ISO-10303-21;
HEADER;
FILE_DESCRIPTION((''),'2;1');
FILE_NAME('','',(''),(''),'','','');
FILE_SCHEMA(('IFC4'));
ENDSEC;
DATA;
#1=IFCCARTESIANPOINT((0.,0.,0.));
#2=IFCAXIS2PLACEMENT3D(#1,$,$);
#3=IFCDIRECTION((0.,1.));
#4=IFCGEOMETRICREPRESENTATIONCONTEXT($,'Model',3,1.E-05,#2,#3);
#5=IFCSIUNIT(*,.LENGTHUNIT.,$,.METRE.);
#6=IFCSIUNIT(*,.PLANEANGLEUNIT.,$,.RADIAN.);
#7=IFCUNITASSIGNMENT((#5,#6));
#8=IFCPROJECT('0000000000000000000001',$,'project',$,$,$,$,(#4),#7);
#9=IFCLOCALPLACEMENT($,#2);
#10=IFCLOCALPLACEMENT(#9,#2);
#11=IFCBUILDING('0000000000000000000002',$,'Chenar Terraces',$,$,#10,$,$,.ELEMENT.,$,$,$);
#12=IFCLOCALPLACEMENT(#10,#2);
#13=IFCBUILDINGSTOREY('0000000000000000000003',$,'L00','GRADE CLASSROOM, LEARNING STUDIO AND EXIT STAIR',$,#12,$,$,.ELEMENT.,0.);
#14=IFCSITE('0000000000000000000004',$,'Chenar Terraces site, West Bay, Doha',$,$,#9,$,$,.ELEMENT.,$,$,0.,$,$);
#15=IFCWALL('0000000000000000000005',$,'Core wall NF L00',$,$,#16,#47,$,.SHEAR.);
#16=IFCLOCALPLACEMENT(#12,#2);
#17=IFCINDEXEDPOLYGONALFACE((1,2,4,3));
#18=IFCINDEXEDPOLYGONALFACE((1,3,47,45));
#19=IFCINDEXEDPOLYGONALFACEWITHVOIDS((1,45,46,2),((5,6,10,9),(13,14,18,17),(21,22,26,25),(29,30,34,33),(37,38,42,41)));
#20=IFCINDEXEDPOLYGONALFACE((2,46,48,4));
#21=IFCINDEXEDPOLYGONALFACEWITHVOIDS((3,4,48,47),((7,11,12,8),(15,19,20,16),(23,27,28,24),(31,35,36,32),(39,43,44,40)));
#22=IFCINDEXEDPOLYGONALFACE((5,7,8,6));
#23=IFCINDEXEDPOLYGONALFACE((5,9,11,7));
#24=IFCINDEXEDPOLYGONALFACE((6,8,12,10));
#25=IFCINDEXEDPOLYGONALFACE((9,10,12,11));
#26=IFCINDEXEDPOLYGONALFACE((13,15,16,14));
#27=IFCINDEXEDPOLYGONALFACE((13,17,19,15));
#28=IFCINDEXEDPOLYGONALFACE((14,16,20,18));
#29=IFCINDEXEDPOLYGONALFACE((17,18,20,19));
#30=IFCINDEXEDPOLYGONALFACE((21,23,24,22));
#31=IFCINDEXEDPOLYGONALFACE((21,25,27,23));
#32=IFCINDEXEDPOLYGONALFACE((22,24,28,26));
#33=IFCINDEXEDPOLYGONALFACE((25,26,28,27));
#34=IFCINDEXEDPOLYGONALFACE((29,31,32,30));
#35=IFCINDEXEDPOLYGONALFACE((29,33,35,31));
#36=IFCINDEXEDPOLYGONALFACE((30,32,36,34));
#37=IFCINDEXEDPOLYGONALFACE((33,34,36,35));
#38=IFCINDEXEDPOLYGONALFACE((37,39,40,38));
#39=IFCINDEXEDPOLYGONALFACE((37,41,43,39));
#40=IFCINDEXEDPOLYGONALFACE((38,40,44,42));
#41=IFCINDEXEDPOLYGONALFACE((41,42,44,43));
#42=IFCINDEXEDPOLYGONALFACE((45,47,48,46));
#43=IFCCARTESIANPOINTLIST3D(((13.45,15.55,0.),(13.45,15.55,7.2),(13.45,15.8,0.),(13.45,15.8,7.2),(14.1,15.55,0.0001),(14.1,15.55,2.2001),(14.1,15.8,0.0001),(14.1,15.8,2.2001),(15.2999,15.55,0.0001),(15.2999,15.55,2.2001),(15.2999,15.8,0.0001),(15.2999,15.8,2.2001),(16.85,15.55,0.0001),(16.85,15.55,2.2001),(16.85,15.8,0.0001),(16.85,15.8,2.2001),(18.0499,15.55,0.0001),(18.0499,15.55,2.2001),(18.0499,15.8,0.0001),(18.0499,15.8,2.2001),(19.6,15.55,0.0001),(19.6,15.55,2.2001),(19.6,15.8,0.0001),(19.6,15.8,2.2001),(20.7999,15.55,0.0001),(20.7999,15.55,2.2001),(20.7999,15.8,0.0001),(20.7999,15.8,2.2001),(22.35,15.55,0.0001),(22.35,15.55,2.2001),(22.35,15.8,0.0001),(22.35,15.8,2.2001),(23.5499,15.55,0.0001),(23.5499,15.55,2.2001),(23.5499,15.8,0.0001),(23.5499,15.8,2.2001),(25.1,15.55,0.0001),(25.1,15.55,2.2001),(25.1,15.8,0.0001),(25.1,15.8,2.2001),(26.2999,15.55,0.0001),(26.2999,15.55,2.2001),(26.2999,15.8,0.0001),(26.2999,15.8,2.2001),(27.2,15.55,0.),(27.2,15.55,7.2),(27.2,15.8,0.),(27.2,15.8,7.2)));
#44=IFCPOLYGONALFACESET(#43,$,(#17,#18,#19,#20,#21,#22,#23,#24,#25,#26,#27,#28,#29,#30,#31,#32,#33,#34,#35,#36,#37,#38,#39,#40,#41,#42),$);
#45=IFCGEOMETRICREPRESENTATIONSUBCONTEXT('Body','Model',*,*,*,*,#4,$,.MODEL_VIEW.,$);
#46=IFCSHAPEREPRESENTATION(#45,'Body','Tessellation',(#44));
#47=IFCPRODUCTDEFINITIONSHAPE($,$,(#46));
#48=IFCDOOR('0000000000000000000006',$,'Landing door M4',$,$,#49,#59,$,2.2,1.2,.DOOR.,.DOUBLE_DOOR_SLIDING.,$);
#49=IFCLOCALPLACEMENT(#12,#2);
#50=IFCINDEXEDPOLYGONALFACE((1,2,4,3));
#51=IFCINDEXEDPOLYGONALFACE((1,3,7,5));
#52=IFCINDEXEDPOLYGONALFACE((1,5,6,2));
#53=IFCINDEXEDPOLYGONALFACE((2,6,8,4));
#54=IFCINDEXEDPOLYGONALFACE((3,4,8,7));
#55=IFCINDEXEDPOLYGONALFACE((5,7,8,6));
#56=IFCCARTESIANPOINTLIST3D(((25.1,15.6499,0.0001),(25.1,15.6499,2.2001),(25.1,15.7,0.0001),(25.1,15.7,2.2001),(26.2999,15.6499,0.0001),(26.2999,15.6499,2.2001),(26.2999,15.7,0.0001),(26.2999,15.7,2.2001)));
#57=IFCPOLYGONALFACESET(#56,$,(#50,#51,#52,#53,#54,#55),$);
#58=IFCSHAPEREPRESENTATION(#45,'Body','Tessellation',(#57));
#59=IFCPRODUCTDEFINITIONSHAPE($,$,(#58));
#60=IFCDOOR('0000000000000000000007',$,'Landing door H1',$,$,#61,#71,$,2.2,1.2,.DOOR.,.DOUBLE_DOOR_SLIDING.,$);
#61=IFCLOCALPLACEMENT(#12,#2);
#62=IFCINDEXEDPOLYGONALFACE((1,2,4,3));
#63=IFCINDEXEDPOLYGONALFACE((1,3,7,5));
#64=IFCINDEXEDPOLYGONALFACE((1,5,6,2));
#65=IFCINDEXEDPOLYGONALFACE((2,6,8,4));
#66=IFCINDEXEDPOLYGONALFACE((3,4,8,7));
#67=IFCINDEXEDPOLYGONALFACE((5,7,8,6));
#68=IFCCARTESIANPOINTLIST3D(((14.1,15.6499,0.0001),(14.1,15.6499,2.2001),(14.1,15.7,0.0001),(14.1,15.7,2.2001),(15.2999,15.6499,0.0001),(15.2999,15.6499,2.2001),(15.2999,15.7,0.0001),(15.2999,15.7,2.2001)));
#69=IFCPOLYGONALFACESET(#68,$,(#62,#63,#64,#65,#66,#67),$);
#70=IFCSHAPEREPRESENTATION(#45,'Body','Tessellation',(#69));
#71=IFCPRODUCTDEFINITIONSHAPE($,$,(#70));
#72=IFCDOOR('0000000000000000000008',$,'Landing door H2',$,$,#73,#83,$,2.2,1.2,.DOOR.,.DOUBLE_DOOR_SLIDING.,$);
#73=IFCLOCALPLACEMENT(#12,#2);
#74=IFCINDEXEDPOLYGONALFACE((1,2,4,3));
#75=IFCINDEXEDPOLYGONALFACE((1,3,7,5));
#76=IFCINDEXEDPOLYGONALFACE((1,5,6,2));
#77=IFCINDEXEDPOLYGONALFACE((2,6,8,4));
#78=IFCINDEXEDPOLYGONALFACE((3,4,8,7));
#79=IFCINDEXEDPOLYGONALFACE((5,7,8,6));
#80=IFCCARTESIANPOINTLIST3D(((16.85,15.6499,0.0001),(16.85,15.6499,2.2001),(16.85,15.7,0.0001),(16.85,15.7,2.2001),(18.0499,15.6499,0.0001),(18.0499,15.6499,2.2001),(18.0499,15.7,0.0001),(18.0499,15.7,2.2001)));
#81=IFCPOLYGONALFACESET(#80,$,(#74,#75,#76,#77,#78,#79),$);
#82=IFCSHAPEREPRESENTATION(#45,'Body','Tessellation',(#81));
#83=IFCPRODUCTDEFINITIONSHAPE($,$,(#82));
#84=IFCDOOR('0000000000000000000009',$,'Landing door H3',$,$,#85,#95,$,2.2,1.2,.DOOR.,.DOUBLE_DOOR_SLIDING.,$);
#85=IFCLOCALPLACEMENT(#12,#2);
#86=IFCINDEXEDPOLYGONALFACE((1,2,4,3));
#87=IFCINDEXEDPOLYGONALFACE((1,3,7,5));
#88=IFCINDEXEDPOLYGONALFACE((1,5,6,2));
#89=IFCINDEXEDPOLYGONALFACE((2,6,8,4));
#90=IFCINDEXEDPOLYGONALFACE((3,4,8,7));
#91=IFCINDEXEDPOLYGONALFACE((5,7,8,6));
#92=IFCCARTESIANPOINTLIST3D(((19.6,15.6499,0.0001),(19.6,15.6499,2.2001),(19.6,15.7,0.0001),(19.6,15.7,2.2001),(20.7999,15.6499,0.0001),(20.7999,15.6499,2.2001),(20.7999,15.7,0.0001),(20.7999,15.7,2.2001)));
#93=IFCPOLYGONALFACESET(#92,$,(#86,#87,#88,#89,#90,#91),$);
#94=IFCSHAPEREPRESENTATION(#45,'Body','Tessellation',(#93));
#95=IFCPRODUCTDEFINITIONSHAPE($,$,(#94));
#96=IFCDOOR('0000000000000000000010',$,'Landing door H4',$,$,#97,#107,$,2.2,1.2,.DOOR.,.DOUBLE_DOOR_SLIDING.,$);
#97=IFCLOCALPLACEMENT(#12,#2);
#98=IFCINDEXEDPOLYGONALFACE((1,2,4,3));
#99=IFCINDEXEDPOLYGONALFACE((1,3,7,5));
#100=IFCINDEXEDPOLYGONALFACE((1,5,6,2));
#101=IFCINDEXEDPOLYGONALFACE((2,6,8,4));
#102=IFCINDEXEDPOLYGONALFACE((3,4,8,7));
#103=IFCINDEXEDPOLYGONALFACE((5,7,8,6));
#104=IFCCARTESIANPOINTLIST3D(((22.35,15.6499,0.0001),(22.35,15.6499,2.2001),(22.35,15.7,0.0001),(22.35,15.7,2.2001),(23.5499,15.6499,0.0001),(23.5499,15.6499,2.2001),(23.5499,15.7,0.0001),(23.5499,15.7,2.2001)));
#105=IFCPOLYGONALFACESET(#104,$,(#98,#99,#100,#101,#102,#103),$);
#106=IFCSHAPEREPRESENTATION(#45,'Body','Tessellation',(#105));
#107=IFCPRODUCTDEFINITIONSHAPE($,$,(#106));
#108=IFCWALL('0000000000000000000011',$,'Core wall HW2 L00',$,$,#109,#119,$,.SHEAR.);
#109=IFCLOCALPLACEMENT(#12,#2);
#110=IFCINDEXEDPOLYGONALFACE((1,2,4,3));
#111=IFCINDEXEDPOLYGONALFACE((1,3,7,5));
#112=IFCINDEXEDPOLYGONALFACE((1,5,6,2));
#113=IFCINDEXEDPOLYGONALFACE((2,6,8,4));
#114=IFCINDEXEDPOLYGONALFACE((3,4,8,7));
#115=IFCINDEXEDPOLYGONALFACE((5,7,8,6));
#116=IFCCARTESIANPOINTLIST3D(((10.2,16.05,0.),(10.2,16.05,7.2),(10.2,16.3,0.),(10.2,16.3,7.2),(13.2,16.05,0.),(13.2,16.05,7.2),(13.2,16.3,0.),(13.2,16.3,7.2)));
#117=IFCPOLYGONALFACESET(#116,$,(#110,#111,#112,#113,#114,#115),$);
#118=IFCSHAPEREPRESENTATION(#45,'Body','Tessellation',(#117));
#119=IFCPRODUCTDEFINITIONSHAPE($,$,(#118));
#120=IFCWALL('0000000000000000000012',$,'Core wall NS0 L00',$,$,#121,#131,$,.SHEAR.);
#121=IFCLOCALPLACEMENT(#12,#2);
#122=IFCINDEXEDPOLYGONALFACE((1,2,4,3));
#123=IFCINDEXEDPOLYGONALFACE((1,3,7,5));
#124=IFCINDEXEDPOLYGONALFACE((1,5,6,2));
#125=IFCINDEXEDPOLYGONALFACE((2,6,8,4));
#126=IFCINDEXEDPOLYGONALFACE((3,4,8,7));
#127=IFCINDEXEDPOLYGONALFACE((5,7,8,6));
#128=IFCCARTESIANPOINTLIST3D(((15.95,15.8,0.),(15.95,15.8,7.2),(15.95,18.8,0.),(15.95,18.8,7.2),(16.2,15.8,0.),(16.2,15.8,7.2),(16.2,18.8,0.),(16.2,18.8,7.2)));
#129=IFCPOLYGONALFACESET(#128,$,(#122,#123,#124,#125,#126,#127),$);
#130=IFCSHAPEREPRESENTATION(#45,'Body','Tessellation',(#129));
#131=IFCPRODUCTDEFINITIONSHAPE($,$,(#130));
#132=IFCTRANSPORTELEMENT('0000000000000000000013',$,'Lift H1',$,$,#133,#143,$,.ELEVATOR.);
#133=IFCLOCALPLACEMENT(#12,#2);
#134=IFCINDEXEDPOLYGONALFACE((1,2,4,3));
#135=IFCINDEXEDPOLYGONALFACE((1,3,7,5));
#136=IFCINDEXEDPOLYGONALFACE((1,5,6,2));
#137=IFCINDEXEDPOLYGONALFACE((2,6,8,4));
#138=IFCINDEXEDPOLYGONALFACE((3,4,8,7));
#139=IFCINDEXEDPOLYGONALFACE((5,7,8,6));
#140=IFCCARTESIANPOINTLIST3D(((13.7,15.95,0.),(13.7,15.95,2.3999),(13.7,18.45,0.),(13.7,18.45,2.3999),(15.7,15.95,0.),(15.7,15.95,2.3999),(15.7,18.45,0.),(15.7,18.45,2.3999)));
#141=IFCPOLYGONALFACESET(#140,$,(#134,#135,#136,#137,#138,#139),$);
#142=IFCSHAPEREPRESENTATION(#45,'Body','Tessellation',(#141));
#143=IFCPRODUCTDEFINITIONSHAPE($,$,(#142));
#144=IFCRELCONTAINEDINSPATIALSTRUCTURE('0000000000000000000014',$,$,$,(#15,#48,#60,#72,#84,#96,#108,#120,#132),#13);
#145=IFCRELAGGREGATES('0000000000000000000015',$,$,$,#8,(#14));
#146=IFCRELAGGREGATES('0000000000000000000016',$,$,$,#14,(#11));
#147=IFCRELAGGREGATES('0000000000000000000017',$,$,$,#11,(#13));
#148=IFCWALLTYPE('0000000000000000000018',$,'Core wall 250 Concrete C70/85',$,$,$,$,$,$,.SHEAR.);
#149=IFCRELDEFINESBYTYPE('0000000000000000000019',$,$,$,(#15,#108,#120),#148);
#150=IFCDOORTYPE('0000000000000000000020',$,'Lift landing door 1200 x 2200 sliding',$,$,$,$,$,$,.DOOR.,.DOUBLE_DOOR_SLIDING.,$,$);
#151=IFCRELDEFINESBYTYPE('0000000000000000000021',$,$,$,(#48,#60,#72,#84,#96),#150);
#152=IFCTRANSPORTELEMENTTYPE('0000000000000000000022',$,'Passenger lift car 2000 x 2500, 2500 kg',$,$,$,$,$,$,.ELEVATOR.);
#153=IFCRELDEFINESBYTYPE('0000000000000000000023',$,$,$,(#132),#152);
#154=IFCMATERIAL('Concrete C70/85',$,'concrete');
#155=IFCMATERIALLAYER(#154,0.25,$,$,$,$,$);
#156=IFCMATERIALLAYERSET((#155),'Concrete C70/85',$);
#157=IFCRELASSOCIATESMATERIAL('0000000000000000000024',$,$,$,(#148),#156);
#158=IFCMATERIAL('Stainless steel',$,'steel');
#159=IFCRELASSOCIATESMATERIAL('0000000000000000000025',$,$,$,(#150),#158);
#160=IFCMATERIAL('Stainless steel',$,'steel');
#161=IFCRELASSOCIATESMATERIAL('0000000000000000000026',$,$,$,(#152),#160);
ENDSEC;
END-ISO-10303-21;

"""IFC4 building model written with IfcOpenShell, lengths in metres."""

from ifc_helpers import new_model, si_unit, direction, frame, frame_2d, origin, origin_2d, place, context, subcontext, project, spatial, rectangle, extrude, material, layer, layer_set, type_object, element, fill, save


model = new_model("IFC4")

# Units and contexts
model_context = context("Model", 3, precision=1e-05, world=origin(), true_north=direction((0.0, 1.0)))
body_context = subcontext(model_context, "Body", "Model", "MODEL_VIEW")
ifc_project = project(units=[si_unit("LENGTHUNIT", "METRE"), si_unit("PLANEANGLEUNIT", "RADIAN")], contexts=[model_context])

# Site, building, storey
site_placement = place(None, origin())
site = spatial("IfcSite", under=ifc_project, at=site_placement, Name="Chenar Terraces site, West Bay, Doha", CompositionType="ELEMENT", RefElevation=0.0)
building_placement = place(site_placement, origin())
building = spatial("IfcBuilding", under=site, at=building_placement, Name="Chenar Terraces", CompositionType="ELEMENT")
storey_placement = place(building_placement, origin())
storey = spatial("IfcBuildingStorey", under=building, at=storey_placement, Name="L00", Description="GRADE CLASSROOM, LEARNING STUDIO AND EXIT STAIR", CompositionType="ELEMENT", Elevation=0.0)

# Wall, openings, doors
ifc_material_1 = material(Name="Concrete C70/85", Category="concrete")
ifc_layer = layer(ifc_material_1, 0.25)
ifc_layer_set = layer_set([ifc_layer], Name="Concrete C70/85")
wall_type = type_object("IfcWallType", Name="Core wall 250 Concrete C70/85", PredefinedType="SHEAR", material=ifc_layer_set)
ifc_material_2 = material(Name="Stainless steel", Category="steel")
door_type = type_object("IfcDoorType", Name="Lift landing door 1200 x 2200 sliding", OperationType="DOUBLE_DOOR_SLIDING", PredefinedType="DOOR", material=ifc_material_2)
wall_1_placement = place(storey_placement, frame((13.45, 15.675, 0.0), z_axis=(0.0, 0.0, 1.0), x_axis=(1.0, 0.0, 0.0)))
wall_1 = element("IfcWall", 1, at=wall_1_placement, inside=storey, type_object=wall_type, Name="Core wall NF L00", PredefinedType="SHEAR", context=body_context, shape_type="SweptSolid", body=[
    extrude(rectangle(XDim=13.75, YDim=0.25, at=frame_2d((6.875, 0.0))), origin(), (0.0, 0.0, 1.0), 7.2),
])
opening_1_placement = place(wall_1_placement, frame((11.6499, 0.0, 0.0)))
opening_1 = element("IfcOpeningElement", 2, at=opening_1_placement, cuts=wall_1, PredefinedType="OPENING", context=body_context, shape_type="SweptSolid", body=[
    extrude(rectangle(XDim=1.2, YDim=2.2, at=frame_2d((0.6001, 1.1001))), frame((0.0, 0.135, 0.0), z_axis=(0.0, -1.0, 0.0), x_axis=(1.0, 0.0, 0.0)), (0.0, 0.0, 1.0), 0.27),
])
opening_2_placement = place(wall_1_placement, frame((0.6499, 0.0, 0.0)))
opening_2 = element("IfcOpeningElement", 3, at=opening_2_placement, cuts=wall_1, PredefinedType="OPENING", context=body_context, shape_type="SweptSolid", body=[
    extrude(rectangle(XDim=1.2, YDim=2.2, at=frame_2d((0.6001, 1.1001))), frame((0.0, 0.135, 0.0), z_axis=(0.0, -1.0, 0.0), x_axis=(1.0, 0.0, 0.0)), (0.0, 0.0, 1.0), 0.27),
])
opening_3_placement = place(wall_1_placement, frame((3.3999, 0.0, 0.0)))
opening_3 = element("IfcOpeningElement", 4, at=opening_3_placement, cuts=wall_1, PredefinedType="OPENING", context=body_context, shape_type="SweptSolid", body=[
    extrude(rectangle(XDim=1.2, YDim=2.2, at=frame_2d((0.6001, 1.1001))), frame((0.0, 0.135, 0.0), z_axis=(0.0, -1.0, 0.0), x_axis=(1.0, 0.0, 0.0)), (0.0, 0.0, 1.0), 0.27),
])
opening_4_placement = place(wall_1_placement, frame((6.1499, 0.0, 0.0)))
opening_4 = element("IfcOpeningElement", 5, at=opening_4_placement, cuts=wall_1, PredefinedType="OPENING", context=body_context, shape_type="SweptSolid", body=[
    extrude(rectangle(XDim=1.2, YDim=2.2, at=frame_2d((0.6001, 1.1001))), frame((0.0, 0.135, 0.0), z_axis=(0.0, -1.0, 0.0), x_axis=(1.0, 0.0, 0.0)), (0.0, 0.0, 1.0), 0.27),
])
opening_5_placement = place(wall_1_placement, frame((8.8999, 0.0, 0.0)))
opening_5 = element("IfcOpeningElement", 6, at=opening_5_placement, cuts=wall_1, PredefinedType="OPENING", context=body_context, shape_type="SweptSolid", body=[
    extrude(rectangle(XDim=1.2, YDim=2.2, at=frame_2d((0.6001, 1.1001))), frame((0.0, 0.135, 0.0), z_axis=(0.0, -1.0, 0.0), x_axis=(1.0, 0.0, 0.0)), (0.0, 0.0, 1.0), 0.27),
])
door_1_placement = place(opening_1_placement, origin())
door_1 = element("IfcDoor", 7, at=door_1_placement, inside=storey, type_object=door_type, Name="Landing door M4", OperationType="DOUBLE_DOOR_SLIDING", OverallHeight=2.2, OverallWidth=1.2, PredefinedType="DOOR", context=body_context, shape_type="SweptSolid", body=[
    extrude(rectangle(XDim=1.2, YDim=2.2, at=frame_2d((0.6001, 1.1001))), frame((0.0, 0.0249, 0.0), z_axis=(0.0, -1.0, 0.0), x_axis=(1.0, 0.0, 0.0)), (0.0, 0.0, 1.0), 0.05),
])
fill(opening_1, door_1)
door_2_placement = place(opening_2_placement, origin())
door_2 = element("IfcDoor", 8, at=door_2_placement, inside=storey, type_object=door_type, Name="Landing door H1", OperationType="DOUBLE_DOOR_SLIDING", OverallHeight=2.2, OverallWidth=1.2, PredefinedType="DOOR", context=body_context, shape_type="SweptSolid", body=[
    extrude(rectangle(XDim=1.2, YDim=2.2, at=frame_2d((0.6001, 1.1001))), frame((0.0, 0.0249, 0.0), z_axis=(0.0, -1.0, 0.0), x_axis=(1.0, 0.0, 0.0)), (0.0, 0.0, 1.0), 0.05),
])
fill(opening_2, door_2)
door_3_placement = place(opening_3_placement, origin())
door_3 = element("IfcDoor", 9, at=door_3_placement, inside=storey, type_object=door_type, Name="Landing door H2", OperationType="DOUBLE_DOOR_SLIDING", OverallHeight=2.2, OverallWidth=1.2, PredefinedType="DOOR", context=body_context, shape_type="SweptSolid", body=[
    extrude(rectangle(XDim=1.2, YDim=2.2, at=frame_2d((0.6001, 1.1001))), frame((0.0, 0.0249, 0.0), z_axis=(0.0, -1.0, 0.0), x_axis=(1.0, 0.0, 0.0)), (0.0, 0.0, 1.0), 0.05),
])
fill(opening_3, door_3)
door_4_placement = place(opening_4_placement, origin())
door_4 = element("IfcDoor", 10, at=door_4_placement, inside=storey, type_object=door_type, Name="Landing door H3", OperationType="DOUBLE_DOOR_SLIDING", OverallHeight=2.2, OverallWidth=1.2, PredefinedType="DOOR", context=body_context, shape_type="SweptSolid", body=[
    extrude(rectangle(XDim=1.2, YDim=2.2, at=frame_2d((0.6001, 1.1001))), frame((0.0, 0.0249, 0.0), z_axis=(0.0, -1.0, 0.0), x_axis=(1.0, 0.0, 0.0)), (0.0, 0.0, 1.0), 0.05),
])
fill(opening_4, door_4)
door_5_placement = place(opening_5_placement, origin())
door_5 = element("IfcDoor", 11, at=door_5_placement, inside=storey, type_object=door_type, Name="Landing door H4", OperationType="DOUBLE_DOOR_SLIDING", OverallHeight=2.2, OverallWidth=1.2, PredefinedType="DOOR", context=body_context, shape_type="SweptSolid", body=[
    extrude(rectangle(XDim=1.2, YDim=2.2, at=frame_2d((0.6001, 1.1001))), frame((0.0, 0.0249, 0.0), z_axis=(0.0, -1.0, 0.0), x_axis=(1.0, 0.0, 0.0)), (0.0, 0.0, 1.0), 0.05),
])
fill(opening_5, door_5)

# Walls
for number, where, z_axis, x_axis, name in (
    (12, (10.2, 16.175, 0.0), (0.0, 0.0, 1.0), (1.0, 0.0, 0.0), "Core wall HW2 L00"),
    (13, (16.075, 15.8, 0.0), (0.0, 0.0, 1.0), (0.0, 1.0, 0.0), "Core wall NS0 L00"),
):
    element("IfcWall", number, at=place(storey_placement, frame(where, z_axis=z_axis, x_axis=x_axis)), inside=storey, type_object=wall_type, Name=name, PredefinedType="SHEAR", context=body_context, shape_type="SweptSolid", body=[
        extrude(rectangle(XDim=3.0, YDim=0.25, at=frame_2d((1.5, 0.0))), origin(), (0.0, 0.0, 1.0), 7.2),
    ])

# Transport element
ifc_material_3 = material(Name="Stainless steel", Category="steel")
transport_element_type = type_object("IfcTransportElementType", Name="Passenger lift car 2000 x 2500, 2500 kg", PredefinedType="ELEVATOR", material=ifc_material_3)
transport_element_placement = place(storey_placement, frame((14.7, 17.2, 0.0), z_axis=(0.0, 0.0, 1.0), x_axis=(1.0, 0.0, 0.0)))
element("IfcTransportElement", 14, at=transport_element_placement, inside=storey, type_object=transport_element_type, Name="Lift H1", PredefinedType="ELEVATOR", context=body_context, shape_type="SweptSolid", body=[
    extrude(rectangle(XDim=2.0, YDim=2.5, at=origin_2d()), origin(), (0.0, 0.0, 1.0), 2.3999),
])

save(model, "model.ifc")
